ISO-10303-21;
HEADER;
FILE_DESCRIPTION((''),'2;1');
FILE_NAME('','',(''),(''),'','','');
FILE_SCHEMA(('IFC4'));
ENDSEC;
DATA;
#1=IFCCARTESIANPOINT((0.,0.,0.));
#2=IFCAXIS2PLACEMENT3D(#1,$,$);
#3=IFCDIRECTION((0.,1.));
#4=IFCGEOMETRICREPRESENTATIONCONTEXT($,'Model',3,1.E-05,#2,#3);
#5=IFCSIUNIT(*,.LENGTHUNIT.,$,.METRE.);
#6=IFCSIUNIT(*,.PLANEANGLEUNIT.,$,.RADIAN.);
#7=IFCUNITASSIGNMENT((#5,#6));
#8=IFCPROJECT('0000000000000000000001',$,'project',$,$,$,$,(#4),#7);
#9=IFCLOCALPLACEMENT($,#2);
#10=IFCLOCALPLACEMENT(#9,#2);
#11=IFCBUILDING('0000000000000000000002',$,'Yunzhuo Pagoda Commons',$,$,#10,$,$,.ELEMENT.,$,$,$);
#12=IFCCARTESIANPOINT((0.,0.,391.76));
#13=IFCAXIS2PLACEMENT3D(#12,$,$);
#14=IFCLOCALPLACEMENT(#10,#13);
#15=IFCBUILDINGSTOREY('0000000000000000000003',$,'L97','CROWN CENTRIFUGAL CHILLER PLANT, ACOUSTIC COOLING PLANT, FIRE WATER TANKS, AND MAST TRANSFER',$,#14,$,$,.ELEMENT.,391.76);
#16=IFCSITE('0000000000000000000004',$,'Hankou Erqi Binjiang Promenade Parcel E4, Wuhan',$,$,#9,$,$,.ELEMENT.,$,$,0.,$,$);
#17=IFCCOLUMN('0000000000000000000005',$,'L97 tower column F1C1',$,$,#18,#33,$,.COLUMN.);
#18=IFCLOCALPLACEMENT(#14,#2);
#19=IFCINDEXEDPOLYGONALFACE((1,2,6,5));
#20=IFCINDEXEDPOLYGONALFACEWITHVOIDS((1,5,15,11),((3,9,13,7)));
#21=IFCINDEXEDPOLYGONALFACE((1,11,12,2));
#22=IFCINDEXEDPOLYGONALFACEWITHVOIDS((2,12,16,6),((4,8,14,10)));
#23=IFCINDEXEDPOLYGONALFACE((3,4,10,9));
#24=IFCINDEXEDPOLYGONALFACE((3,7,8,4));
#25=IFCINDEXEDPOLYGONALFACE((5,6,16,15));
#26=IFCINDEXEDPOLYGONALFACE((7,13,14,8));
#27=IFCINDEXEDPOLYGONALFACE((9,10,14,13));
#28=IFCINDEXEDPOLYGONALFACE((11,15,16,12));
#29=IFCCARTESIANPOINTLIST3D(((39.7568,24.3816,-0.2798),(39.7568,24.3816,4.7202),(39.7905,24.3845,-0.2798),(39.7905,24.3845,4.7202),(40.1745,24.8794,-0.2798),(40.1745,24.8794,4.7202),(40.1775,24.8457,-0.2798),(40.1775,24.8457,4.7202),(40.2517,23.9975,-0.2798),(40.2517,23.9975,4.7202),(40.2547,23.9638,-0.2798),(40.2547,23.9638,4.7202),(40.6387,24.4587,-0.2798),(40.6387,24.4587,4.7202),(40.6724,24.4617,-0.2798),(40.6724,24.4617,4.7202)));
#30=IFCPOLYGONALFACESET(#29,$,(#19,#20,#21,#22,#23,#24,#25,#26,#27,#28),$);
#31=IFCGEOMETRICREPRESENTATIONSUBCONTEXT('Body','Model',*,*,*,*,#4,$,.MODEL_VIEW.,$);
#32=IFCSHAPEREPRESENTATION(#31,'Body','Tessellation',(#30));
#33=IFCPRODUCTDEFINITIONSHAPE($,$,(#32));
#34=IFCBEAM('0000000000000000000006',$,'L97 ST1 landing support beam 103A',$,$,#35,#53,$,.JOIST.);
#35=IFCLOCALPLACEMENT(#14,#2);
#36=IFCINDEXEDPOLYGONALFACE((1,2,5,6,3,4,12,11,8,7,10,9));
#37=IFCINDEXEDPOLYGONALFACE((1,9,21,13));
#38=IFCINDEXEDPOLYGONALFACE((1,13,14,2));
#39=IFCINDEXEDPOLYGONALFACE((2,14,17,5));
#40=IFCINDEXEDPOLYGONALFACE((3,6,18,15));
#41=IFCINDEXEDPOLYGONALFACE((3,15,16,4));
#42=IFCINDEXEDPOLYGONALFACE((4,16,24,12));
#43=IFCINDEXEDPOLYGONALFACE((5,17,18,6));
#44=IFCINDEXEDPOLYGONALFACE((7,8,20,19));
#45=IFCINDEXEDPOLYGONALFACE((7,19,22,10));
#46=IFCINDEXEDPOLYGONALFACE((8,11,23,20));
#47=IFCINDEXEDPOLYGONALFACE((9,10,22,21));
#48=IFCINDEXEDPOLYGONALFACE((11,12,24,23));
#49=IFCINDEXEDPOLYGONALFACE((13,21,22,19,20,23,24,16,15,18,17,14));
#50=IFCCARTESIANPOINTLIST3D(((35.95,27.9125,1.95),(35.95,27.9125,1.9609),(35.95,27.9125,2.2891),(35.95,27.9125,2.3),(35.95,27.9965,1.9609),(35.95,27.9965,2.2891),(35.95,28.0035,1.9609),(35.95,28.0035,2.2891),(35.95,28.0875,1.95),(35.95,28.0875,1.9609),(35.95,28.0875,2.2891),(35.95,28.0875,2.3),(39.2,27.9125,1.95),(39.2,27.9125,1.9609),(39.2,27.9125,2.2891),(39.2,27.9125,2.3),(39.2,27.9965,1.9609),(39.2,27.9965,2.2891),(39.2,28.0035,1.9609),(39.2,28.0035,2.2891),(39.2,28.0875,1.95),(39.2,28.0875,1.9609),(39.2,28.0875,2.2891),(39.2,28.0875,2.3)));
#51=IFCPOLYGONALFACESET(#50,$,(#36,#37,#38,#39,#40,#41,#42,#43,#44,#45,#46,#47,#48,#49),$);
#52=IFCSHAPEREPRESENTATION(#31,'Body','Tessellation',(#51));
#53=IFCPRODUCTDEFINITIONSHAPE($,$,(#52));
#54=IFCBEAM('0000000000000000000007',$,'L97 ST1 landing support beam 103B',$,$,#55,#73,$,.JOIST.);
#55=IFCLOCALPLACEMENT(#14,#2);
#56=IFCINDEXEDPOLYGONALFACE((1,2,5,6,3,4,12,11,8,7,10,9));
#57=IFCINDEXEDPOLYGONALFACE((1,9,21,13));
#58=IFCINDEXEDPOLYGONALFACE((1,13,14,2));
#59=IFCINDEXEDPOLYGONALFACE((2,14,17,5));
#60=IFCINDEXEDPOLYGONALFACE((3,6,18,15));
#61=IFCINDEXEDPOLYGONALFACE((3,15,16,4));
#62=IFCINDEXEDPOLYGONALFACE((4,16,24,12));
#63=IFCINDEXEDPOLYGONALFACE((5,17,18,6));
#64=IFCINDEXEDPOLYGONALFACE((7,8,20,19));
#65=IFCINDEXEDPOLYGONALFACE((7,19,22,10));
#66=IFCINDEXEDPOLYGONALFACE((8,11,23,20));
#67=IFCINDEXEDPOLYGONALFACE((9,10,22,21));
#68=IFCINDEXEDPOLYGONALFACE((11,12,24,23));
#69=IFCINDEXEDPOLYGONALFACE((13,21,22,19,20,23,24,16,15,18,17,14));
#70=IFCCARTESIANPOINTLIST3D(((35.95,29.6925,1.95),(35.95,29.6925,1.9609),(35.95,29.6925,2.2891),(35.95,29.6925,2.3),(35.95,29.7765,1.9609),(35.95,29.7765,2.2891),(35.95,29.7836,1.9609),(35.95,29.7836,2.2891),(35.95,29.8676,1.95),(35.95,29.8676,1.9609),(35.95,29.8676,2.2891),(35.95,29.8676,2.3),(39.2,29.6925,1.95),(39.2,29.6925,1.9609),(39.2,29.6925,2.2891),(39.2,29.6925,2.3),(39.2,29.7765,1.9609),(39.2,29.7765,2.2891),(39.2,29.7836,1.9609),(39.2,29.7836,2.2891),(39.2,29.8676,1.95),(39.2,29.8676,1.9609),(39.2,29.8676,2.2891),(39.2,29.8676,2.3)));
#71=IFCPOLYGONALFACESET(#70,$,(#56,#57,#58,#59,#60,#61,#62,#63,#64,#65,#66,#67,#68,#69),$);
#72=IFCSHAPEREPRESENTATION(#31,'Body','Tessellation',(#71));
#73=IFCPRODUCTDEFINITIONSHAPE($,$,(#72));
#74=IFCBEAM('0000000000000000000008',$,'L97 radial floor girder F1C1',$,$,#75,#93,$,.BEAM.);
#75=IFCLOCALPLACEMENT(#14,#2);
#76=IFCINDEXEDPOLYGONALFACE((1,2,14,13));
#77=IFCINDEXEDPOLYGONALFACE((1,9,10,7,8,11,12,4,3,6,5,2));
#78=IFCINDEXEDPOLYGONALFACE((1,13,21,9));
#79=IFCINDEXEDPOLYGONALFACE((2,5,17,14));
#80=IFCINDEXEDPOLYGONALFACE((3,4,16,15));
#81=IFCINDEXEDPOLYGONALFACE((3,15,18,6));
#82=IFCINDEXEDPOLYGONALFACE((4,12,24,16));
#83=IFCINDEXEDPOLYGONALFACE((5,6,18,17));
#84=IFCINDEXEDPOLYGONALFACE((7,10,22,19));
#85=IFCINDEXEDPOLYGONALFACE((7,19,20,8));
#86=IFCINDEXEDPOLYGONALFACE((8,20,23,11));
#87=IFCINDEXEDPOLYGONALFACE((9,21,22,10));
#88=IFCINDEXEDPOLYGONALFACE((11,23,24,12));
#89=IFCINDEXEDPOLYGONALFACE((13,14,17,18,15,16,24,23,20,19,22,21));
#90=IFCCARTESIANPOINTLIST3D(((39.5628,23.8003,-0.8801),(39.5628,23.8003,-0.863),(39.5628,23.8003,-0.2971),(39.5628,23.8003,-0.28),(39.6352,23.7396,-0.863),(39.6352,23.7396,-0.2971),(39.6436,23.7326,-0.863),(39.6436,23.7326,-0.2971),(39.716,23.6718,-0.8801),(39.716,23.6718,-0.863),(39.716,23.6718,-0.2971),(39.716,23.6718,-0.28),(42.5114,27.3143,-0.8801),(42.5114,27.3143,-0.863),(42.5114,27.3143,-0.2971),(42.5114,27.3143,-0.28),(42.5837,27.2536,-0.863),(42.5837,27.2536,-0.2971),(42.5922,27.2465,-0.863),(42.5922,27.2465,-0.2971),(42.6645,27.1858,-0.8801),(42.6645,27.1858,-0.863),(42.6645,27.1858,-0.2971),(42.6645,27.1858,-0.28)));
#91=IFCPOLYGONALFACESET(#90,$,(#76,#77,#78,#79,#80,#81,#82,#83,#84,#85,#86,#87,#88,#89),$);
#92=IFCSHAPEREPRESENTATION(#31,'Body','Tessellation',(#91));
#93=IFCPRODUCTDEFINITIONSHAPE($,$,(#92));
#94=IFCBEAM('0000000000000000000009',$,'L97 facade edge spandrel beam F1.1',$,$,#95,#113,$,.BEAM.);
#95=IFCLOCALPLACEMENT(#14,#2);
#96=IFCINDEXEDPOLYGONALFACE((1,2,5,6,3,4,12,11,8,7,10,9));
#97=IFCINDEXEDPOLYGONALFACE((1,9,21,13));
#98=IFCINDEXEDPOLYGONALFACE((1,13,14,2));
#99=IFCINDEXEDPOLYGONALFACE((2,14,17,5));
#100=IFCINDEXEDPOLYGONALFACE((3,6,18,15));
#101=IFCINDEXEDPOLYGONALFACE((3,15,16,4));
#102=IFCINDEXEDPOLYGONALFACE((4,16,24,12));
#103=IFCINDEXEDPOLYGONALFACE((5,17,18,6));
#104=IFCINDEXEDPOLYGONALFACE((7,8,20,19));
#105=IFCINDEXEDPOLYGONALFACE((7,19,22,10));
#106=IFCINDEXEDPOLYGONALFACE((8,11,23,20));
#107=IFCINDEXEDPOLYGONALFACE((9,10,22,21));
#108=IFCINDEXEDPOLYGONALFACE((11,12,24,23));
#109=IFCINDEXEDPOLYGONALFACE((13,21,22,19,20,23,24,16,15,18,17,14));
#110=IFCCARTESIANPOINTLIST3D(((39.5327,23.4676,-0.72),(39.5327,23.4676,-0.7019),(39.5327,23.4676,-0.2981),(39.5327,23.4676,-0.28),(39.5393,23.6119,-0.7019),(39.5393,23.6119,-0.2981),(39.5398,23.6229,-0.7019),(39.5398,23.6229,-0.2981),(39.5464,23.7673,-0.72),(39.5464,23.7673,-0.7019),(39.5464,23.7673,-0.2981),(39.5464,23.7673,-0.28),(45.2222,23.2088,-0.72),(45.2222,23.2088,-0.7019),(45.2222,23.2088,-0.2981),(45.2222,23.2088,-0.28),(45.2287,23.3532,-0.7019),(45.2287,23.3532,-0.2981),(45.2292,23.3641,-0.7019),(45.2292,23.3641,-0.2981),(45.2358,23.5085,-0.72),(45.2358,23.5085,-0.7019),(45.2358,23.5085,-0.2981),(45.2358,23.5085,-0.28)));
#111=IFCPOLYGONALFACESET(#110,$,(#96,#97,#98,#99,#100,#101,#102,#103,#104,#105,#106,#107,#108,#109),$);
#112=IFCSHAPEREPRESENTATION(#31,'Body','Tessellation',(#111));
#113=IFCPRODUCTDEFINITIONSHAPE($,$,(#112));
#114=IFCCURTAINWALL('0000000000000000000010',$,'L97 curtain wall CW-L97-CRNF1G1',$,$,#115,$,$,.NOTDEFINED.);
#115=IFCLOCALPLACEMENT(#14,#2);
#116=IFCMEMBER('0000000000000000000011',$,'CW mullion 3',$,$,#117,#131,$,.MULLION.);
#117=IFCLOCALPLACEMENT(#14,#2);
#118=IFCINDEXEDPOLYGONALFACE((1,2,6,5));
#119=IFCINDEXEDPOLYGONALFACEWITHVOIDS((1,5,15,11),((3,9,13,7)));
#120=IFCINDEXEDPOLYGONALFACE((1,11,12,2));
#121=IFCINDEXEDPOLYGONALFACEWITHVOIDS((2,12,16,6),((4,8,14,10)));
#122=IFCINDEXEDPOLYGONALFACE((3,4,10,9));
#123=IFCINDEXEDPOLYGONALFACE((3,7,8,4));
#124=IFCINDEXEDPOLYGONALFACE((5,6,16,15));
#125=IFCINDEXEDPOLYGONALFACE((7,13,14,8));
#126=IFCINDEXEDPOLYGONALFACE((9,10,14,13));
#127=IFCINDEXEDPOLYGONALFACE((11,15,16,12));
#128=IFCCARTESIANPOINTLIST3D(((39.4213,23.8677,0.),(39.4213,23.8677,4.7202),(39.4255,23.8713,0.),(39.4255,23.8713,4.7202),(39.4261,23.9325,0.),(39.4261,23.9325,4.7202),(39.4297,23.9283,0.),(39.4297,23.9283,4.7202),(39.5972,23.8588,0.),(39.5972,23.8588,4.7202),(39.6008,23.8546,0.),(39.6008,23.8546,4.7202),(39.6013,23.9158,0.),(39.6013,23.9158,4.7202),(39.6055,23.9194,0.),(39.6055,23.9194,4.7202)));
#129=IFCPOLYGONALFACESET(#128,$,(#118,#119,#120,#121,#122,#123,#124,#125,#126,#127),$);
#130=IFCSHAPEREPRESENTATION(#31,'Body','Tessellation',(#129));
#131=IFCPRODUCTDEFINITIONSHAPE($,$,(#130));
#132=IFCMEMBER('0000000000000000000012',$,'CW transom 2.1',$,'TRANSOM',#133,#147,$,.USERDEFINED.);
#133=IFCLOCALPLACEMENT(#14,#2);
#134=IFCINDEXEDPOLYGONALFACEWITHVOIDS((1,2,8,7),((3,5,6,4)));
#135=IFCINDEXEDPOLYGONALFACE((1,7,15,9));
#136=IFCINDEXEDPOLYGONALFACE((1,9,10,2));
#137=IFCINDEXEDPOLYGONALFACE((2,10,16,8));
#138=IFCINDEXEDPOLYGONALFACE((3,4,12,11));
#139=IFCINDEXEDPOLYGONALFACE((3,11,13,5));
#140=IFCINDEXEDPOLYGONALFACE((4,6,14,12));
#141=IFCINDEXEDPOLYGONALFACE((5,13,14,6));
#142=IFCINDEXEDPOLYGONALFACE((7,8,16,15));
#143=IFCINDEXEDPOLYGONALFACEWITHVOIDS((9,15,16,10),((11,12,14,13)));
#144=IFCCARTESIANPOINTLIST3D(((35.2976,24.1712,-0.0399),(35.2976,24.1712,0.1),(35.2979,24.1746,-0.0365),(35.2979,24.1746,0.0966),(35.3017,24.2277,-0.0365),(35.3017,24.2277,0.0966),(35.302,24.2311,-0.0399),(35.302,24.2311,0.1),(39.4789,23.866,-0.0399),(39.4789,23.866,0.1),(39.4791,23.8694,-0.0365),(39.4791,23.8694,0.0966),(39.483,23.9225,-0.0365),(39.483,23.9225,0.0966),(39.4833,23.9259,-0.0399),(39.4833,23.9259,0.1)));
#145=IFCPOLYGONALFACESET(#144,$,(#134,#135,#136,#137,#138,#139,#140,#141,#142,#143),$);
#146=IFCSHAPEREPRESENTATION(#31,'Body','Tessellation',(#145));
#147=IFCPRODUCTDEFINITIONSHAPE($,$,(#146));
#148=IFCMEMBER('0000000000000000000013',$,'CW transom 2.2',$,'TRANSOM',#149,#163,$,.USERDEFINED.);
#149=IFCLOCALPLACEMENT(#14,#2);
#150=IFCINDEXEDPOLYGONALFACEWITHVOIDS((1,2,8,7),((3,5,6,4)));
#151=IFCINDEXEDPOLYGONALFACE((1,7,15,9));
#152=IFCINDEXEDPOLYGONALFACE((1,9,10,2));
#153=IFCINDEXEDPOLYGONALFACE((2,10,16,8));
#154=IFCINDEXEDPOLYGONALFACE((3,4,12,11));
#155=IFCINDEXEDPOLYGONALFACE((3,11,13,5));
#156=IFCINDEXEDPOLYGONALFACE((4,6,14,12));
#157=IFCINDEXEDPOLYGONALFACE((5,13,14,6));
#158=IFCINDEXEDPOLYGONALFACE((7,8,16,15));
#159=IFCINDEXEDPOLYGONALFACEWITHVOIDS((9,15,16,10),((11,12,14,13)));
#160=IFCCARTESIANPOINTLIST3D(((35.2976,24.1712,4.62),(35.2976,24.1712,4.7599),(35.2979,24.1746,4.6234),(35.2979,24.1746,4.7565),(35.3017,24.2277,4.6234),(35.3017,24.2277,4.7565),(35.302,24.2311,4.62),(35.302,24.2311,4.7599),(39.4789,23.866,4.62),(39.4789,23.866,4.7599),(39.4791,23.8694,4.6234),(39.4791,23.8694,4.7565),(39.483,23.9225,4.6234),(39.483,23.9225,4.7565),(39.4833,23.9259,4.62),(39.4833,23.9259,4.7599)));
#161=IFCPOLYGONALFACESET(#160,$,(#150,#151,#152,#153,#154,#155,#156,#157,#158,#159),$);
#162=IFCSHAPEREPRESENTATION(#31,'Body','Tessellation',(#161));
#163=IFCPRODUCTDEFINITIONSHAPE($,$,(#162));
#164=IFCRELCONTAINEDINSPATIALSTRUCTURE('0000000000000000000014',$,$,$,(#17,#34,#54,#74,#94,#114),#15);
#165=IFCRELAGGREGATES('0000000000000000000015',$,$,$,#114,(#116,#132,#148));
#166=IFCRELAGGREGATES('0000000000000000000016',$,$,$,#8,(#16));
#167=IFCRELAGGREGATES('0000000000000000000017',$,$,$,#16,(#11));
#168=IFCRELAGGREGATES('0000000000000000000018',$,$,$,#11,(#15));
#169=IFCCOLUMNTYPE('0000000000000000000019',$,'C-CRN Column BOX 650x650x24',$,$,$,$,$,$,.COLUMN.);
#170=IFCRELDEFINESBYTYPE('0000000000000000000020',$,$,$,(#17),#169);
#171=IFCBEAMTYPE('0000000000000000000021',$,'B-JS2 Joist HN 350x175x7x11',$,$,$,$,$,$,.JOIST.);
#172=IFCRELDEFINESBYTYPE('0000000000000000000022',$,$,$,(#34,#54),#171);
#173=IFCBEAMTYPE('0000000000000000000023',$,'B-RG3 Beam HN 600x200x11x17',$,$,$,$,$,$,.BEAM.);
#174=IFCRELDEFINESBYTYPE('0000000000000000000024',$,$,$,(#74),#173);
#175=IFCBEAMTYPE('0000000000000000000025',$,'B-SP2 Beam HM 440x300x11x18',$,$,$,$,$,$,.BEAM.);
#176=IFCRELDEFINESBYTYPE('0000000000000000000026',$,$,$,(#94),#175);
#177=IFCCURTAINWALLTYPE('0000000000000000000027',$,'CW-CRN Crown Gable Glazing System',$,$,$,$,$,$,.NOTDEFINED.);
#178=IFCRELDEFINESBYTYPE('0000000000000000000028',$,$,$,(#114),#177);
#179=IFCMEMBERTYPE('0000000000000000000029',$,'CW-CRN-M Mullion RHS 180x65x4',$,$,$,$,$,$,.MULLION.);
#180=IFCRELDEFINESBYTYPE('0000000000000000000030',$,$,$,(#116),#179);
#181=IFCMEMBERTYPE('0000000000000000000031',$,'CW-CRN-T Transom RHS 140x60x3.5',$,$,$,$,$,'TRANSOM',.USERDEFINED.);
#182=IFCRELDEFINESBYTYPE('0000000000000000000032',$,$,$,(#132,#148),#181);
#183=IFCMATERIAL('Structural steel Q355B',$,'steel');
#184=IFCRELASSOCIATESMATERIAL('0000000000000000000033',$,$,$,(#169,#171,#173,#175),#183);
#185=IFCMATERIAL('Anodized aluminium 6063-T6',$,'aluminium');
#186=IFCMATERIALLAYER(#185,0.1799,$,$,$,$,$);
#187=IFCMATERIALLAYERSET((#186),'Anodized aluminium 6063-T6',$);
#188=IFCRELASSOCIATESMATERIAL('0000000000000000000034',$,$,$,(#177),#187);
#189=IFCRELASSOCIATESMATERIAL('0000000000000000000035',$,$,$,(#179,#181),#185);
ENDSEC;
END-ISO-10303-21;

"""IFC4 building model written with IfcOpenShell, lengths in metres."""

from ifc_helpers import new_model, si_unit, direction, frame, origin, origin_2d, place, context, subcontext, project, spatial, hollow_rectangle, i_section, extrude, source, transform, mapped, material, layer, layer_set, material_profile, profile_set, type_object, element, aggregate, save


model = new_model("IFC4")

# Units and contexts
model_context = context("Model", 3, precision=1e-05, world=origin(), true_north=direction((0.0, 1.0)))
body_context = subcontext(model_context, "Body", "Model", "MODEL_VIEW")
ifc_project = project(units=[si_unit("LENGTHUNIT", "METRE"), si_unit("PLANEANGLEUNIT", "RADIAN")], contexts=[model_context])

# Site, building, storey
site_placement = place(None, origin())
site = spatial("IfcSite", under=ifc_project, at=site_placement, Name="Hankou Erqi Binjiang Promenade Parcel E4, Wuhan", CompositionType="ELEMENT", RefElevation=0.0)
building_placement = place(site_placement, origin())
building = spatial("IfcBuilding", under=site, at=building_placement, Name="Yunzhuo Pagoda Commons", CompositionType="ELEMENT")
storey_placement = place(building_placement, frame((0.0, 0.0, 391.76)))
storey = spatial("IfcBuildingStorey", under=building, at=storey_placement, Name="L97", Description="CROWN CENTRIFUGAL CHILLER PLANT, ACOUSTIC COOLING PLANT, FIRE WATER TANKS, AND MAST TRANSFER", CompositionType="ELEMENT", Elevation=391.76)

# Column
ifc_material_1 = material(Name="Structural steel Q355B", Category="steel")
ifc_material_profile_1 = material_profile(ifc_material_1, hollow_rectangle(XDim=0.6499, YDim=0.6499, WallThickness=0.0239, at=origin_2d()), Name="Structural steel Q355B")
ifc_profile_set_1 = profile_set([ifc_material_profile_1], Name="Structural steel Q355B")
column_type = type_object("IfcColumnType", Name="C-CRN Column BOX 650x650x24", PredefinedType="COLUMN", material=ifc_profile_set_1)
shared_shape_1 = source(origin(), body_context, "Body", "SweptSolid", [
    extrude(hollow_rectangle(XDim=0.6499, YDim=0.6499, WallThickness=0.0239, at=origin_2d()), origin(), (0.0, 0.0, 1.0), 5.0),
])
column_placement = place(storey_placement, frame((40.2146, 24.4216, -0.2798), z_axis=(0.0, 0.0, 1.0), x_axis=(0.766044, -0.642788, 0.0)))
element("IfcColumn", 1, at=column_placement, inside=storey, type_object=column_type, Name="L97 tower column F1C1", PredefinedType="COLUMN", context=body_context, shape_type="MappedRepresentation", body=[
    mapped(shared_shape_1, transform((0.0, 0.0, 0.0), scale=1.0)),
])

# Beams
ifc_material_profile_2 = material_profile(ifc_material_1, i_section(OverallWidth=0.175, OverallDepth=0.3501, WebThickness=0.0071, FlangeThickness=0.011, at=origin_2d()), Name="Structural steel Q355B")
ifc_profile_set_2 = profile_set([ifc_material_profile_2], Name="Structural steel Q355B")
beam_type_1 = type_object("IfcBeamType", Name="B-JS2 Joist HN 350x175x7x11", PredefinedType="JOIST", material=ifc_profile_set_2)
shared_shape_2 = source(origin(), body_context, "Body", "SweptSolid", [
    extrude(i_section(OverallWidth=0.175, OverallDepth=0.3501, WebThickness=0.0071, FlangeThickness=0.011, at=origin_2d()), origin(), (0.0, 0.0, 1.0), 3.25),
])
for number, where, z_axis, x_axis, name in (
    (2, (35.95, 28.0, 2.125), (1.0, 0.0, 0.0), (0.0, 1.0, 0.0), "L97 ST1 landing support beam 103A"),
    (3, (35.95, 29.78, 2.125), (1.0, 0.0, 0.0), (0.0, 1.0, 0.0), "L97 ST1 landing support beam 103B"),
):
    element("IfcBeam", number, at=place(storey_placement, frame(where, z_axis=z_axis, x_axis=x_axis)), inside=storey, type_object=beam_type_1, Name=name, PredefinedType="JOIST", context=body_context, shape_type="MappedRepresentation", body=[
        mapped(shared_shape_2, transform((0.0, 0.0, 0.0), scale=1.0)),
    ])
ifc_material_profile_3 = material_profile(ifc_material_1, i_section(OverallWidth=0.2, OverallDepth=0.6001, WebThickness=0.011, FlangeThickness=0.0171, at=origin_2d()), Name="Structural steel Q355B")
ifc_profile_set_3 = profile_set([ifc_material_profile_3], Name="Structural steel Q355B")
beam_type_2 = type_object("IfcBeamType", Name="B-RG3 Beam HN 600x200x11x17", PredefinedType="BEAM", material=ifc_profile_set_3)
shared_shape_3 = source(origin(), body_context, "Body", "SweptSolid", [
    extrude(i_section(OverallWidth=0.2, OverallDepth=0.6001, WebThickness=0.011, FlangeThickness=0.0171, at=origin_2d()), origin(), (0.0, 0.0, 1.0), 4.5872),
])
beam_1_placement = place(storey_placement, frame((39.6394, 23.7361, -0.5801), z_axis=(0.642783, 0.766049, 0.0), x_axis=(-0.766049, 0.642783, 0.0)))
element("IfcBeam", 4, at=beam_1_placement, inside=storey, type_object=beam_type_2, Name="L97 radial floor girder F1C1", PredefinedType="BEAM", context=body_context, shape_type="MappedRepresentation", body=[
    mapped(shared_shape_3, transform((0.0, 0.0, 0.0), scale=1.0)),
])
ifc_material_profile_4 = material_profile(ifc_material_1, i_section(OverallWidth=0.3, OverallDepth=0.4399, WebThickness=0.011, FlangeThickness=0.0181, at=origin_2d()), Name="Structural steel Q355B")
ifc_profile_set_4 = profile_set([ifc_material_profile_4], Name="Structural steel Q355B")
beam_type_3 = type_object("IfcBeamType", Name="B-SP2 Beam HM 440x300x11x18", PredefinedType="BEAM", material=ifc_profile_set_4)
shared_shape_4 = source(origin(), body_context, "Body", "SweptSolid", [
    extrude(i_section(OverallWidth=0.3, OverallDepth=0.4399, WebThickness=0.011, FlangeThickness=0.0181, at=origin_2d()), origin(), (0.0, 0.0, 1.0), 5.6953),
])
beam_2_placement = place(storey_placement, frame((39.5396, 23.6174, -0.5), z_axis=(0.998967, -0.045439, 0.0), x_axis=(0.045439, 0.998967, 0.0)))
element("IfcBeam", 5, at=beam_2_placement, inside=storey, type_object=beam_type_3, Name="L97 facade edge spandrel beam F1.1", PredefinedType="BEAM", context=body_context, shape_type="MappedRepresentation", body=[
    mapped(shared_shape_4, transform((0.0, 0.0, 0.0), scale=1.0)),
])

# Curtain wall, members
ifc_material_2 = material(Name="Anodized aluminium 6063-T6", Category="aluminium")
ifc_layer_1 = layer(ifc_material_2, 0.1799)
ifc_layer_set_1 = layer_set([ifc_layer_1], Name="Anodized aluminium 6063-T6")
curtain_wall_type = type_object("IfcCurtainWallType", Name="CW-CRN Crown Gable Glazing System", PredefinedType="NOTDEFINED", material=ifc_layer_set_1)
curtain_wall_placement = place(storey_placement, origin())
curtain_wall = element("IfcCurtainWall", 6, at=curtain_wall_placement, inside=storey, type_object=curtain_wall_type, Name="L97 curtain wall CW-L97-CRNF1G1", PredefinedType="NOTDEFINED")
ifc_material_profile_5 = material_profile(ifc_material_2, hollow_rectangle(XDim=0.0649, YDim=0.1799, WallThickness=0.0039, at=origin_2d()), Name="Anodized aluminium 6063-T6")
ifc_profile_set_5 = profile_set([ifc_material_profile_5], Name="Anodized aluminium 6063-T6")
member_type_1 = type_object("IfcMemberType", Name="CW-CRN-M Mullion RHS 180x65x4", PredefinedType="MULLION", material=ifc_profile_set_5)
shared_shape_5 = source(origin(), body_context, "Body", "SweptSolid", [
    extrude(hollow_rectangle(XDim=0.0649, YDim=0.1799, WallThickness=0.0039, at=origin_2d()), origin(), (0.0, 0.0, 1.0), 4.7202),
])
member_1_placement = place(storey_placement, frame((39.5134, 23.8936, 0.0), z_axis=(0.0, 0.0, 1.0), x_axis=(0.072796, 0.997347, 0.0)))
member_1 = element("IfcMember", 7, at=member_1_placement, type_object=member_type_1, Name="CW mullion 3", PredefinedType="MULLION", context=body_context, shape_type="MappedRepresentation", body=[
    mapped(shared_shape_5, transform((0.0, 0.0, 0.0), scale=1.0)),
])
ifc_material_profile_6 = material_profile(ifc_material_2, hollow_rectangle(XDim=0.0601, YDim=0.1399, WallThickness=0.0034, at=origin_2d()), Name="Anodized aluminium 6063-T6")
ifc_profile_set_6 = profile_set([ifc_material_profile_6], Name="Anodized aluminium 6063-T6")
member_type_2 = type_object("IfcMemberType", Name="CW-CRN-T Transom RHS 140x60x3.5", ElementType="TRANSOM", PredefinedType="USERDEFINED", material=ifc_profile_set_6)
shared_shape_6 = source(origin(), body_context, "Body", "SweptSolid", [
    extrude(hollow_rectangle(XDim=0.0601, YDim=0.1399, WallThickness=0.0034, at=origin_2d()), origin(), (0.0, 0.0, 1.0), 4.1924),
])
member_2_placement = place(storey_placement, frame((35.2998, 24.2012, 0.03), z_axis=(0.997347, -0.072795, 0.0), x_axis=(0.072795, 0.997347, 0.0)))
member_2 = element("IfcMember", 8, at=member_2_placement, type_object=member_type_2, Name="CW transom 2.1", ObjectType="TRANSOM", PredefinedType="USERDEFINED", context=body_context, shape_type="MappedRepresentation", body=[
    mapped(shared_shape_6, transform((0.0, 0.0, 0.0), scale=1.0)),
])
member_3_placement = place(storey_placement, frame((35.2998, 24.2012, 4.6899), z_axis=(0.997347, -0.072795, 0.0), x_axis=(0.072795, 0.997347, 0.0)))
member_3 = element("IfcMember", 9, at=member_3_placement, type_object=member_type_2, Name="CW transom 2.2", ObjectType="TRANSOM", PredefinedType="USERDEFINED", context=body_context, shape_type="MappedRepresentation", body=[
    mapped(shared_shape_6, transform((0.0, 0.0, 0.0), scale=1.0)),
])
aggregate(curtain_wall, [member_1, member_2, member_3])

save(model, "model.ifc")
